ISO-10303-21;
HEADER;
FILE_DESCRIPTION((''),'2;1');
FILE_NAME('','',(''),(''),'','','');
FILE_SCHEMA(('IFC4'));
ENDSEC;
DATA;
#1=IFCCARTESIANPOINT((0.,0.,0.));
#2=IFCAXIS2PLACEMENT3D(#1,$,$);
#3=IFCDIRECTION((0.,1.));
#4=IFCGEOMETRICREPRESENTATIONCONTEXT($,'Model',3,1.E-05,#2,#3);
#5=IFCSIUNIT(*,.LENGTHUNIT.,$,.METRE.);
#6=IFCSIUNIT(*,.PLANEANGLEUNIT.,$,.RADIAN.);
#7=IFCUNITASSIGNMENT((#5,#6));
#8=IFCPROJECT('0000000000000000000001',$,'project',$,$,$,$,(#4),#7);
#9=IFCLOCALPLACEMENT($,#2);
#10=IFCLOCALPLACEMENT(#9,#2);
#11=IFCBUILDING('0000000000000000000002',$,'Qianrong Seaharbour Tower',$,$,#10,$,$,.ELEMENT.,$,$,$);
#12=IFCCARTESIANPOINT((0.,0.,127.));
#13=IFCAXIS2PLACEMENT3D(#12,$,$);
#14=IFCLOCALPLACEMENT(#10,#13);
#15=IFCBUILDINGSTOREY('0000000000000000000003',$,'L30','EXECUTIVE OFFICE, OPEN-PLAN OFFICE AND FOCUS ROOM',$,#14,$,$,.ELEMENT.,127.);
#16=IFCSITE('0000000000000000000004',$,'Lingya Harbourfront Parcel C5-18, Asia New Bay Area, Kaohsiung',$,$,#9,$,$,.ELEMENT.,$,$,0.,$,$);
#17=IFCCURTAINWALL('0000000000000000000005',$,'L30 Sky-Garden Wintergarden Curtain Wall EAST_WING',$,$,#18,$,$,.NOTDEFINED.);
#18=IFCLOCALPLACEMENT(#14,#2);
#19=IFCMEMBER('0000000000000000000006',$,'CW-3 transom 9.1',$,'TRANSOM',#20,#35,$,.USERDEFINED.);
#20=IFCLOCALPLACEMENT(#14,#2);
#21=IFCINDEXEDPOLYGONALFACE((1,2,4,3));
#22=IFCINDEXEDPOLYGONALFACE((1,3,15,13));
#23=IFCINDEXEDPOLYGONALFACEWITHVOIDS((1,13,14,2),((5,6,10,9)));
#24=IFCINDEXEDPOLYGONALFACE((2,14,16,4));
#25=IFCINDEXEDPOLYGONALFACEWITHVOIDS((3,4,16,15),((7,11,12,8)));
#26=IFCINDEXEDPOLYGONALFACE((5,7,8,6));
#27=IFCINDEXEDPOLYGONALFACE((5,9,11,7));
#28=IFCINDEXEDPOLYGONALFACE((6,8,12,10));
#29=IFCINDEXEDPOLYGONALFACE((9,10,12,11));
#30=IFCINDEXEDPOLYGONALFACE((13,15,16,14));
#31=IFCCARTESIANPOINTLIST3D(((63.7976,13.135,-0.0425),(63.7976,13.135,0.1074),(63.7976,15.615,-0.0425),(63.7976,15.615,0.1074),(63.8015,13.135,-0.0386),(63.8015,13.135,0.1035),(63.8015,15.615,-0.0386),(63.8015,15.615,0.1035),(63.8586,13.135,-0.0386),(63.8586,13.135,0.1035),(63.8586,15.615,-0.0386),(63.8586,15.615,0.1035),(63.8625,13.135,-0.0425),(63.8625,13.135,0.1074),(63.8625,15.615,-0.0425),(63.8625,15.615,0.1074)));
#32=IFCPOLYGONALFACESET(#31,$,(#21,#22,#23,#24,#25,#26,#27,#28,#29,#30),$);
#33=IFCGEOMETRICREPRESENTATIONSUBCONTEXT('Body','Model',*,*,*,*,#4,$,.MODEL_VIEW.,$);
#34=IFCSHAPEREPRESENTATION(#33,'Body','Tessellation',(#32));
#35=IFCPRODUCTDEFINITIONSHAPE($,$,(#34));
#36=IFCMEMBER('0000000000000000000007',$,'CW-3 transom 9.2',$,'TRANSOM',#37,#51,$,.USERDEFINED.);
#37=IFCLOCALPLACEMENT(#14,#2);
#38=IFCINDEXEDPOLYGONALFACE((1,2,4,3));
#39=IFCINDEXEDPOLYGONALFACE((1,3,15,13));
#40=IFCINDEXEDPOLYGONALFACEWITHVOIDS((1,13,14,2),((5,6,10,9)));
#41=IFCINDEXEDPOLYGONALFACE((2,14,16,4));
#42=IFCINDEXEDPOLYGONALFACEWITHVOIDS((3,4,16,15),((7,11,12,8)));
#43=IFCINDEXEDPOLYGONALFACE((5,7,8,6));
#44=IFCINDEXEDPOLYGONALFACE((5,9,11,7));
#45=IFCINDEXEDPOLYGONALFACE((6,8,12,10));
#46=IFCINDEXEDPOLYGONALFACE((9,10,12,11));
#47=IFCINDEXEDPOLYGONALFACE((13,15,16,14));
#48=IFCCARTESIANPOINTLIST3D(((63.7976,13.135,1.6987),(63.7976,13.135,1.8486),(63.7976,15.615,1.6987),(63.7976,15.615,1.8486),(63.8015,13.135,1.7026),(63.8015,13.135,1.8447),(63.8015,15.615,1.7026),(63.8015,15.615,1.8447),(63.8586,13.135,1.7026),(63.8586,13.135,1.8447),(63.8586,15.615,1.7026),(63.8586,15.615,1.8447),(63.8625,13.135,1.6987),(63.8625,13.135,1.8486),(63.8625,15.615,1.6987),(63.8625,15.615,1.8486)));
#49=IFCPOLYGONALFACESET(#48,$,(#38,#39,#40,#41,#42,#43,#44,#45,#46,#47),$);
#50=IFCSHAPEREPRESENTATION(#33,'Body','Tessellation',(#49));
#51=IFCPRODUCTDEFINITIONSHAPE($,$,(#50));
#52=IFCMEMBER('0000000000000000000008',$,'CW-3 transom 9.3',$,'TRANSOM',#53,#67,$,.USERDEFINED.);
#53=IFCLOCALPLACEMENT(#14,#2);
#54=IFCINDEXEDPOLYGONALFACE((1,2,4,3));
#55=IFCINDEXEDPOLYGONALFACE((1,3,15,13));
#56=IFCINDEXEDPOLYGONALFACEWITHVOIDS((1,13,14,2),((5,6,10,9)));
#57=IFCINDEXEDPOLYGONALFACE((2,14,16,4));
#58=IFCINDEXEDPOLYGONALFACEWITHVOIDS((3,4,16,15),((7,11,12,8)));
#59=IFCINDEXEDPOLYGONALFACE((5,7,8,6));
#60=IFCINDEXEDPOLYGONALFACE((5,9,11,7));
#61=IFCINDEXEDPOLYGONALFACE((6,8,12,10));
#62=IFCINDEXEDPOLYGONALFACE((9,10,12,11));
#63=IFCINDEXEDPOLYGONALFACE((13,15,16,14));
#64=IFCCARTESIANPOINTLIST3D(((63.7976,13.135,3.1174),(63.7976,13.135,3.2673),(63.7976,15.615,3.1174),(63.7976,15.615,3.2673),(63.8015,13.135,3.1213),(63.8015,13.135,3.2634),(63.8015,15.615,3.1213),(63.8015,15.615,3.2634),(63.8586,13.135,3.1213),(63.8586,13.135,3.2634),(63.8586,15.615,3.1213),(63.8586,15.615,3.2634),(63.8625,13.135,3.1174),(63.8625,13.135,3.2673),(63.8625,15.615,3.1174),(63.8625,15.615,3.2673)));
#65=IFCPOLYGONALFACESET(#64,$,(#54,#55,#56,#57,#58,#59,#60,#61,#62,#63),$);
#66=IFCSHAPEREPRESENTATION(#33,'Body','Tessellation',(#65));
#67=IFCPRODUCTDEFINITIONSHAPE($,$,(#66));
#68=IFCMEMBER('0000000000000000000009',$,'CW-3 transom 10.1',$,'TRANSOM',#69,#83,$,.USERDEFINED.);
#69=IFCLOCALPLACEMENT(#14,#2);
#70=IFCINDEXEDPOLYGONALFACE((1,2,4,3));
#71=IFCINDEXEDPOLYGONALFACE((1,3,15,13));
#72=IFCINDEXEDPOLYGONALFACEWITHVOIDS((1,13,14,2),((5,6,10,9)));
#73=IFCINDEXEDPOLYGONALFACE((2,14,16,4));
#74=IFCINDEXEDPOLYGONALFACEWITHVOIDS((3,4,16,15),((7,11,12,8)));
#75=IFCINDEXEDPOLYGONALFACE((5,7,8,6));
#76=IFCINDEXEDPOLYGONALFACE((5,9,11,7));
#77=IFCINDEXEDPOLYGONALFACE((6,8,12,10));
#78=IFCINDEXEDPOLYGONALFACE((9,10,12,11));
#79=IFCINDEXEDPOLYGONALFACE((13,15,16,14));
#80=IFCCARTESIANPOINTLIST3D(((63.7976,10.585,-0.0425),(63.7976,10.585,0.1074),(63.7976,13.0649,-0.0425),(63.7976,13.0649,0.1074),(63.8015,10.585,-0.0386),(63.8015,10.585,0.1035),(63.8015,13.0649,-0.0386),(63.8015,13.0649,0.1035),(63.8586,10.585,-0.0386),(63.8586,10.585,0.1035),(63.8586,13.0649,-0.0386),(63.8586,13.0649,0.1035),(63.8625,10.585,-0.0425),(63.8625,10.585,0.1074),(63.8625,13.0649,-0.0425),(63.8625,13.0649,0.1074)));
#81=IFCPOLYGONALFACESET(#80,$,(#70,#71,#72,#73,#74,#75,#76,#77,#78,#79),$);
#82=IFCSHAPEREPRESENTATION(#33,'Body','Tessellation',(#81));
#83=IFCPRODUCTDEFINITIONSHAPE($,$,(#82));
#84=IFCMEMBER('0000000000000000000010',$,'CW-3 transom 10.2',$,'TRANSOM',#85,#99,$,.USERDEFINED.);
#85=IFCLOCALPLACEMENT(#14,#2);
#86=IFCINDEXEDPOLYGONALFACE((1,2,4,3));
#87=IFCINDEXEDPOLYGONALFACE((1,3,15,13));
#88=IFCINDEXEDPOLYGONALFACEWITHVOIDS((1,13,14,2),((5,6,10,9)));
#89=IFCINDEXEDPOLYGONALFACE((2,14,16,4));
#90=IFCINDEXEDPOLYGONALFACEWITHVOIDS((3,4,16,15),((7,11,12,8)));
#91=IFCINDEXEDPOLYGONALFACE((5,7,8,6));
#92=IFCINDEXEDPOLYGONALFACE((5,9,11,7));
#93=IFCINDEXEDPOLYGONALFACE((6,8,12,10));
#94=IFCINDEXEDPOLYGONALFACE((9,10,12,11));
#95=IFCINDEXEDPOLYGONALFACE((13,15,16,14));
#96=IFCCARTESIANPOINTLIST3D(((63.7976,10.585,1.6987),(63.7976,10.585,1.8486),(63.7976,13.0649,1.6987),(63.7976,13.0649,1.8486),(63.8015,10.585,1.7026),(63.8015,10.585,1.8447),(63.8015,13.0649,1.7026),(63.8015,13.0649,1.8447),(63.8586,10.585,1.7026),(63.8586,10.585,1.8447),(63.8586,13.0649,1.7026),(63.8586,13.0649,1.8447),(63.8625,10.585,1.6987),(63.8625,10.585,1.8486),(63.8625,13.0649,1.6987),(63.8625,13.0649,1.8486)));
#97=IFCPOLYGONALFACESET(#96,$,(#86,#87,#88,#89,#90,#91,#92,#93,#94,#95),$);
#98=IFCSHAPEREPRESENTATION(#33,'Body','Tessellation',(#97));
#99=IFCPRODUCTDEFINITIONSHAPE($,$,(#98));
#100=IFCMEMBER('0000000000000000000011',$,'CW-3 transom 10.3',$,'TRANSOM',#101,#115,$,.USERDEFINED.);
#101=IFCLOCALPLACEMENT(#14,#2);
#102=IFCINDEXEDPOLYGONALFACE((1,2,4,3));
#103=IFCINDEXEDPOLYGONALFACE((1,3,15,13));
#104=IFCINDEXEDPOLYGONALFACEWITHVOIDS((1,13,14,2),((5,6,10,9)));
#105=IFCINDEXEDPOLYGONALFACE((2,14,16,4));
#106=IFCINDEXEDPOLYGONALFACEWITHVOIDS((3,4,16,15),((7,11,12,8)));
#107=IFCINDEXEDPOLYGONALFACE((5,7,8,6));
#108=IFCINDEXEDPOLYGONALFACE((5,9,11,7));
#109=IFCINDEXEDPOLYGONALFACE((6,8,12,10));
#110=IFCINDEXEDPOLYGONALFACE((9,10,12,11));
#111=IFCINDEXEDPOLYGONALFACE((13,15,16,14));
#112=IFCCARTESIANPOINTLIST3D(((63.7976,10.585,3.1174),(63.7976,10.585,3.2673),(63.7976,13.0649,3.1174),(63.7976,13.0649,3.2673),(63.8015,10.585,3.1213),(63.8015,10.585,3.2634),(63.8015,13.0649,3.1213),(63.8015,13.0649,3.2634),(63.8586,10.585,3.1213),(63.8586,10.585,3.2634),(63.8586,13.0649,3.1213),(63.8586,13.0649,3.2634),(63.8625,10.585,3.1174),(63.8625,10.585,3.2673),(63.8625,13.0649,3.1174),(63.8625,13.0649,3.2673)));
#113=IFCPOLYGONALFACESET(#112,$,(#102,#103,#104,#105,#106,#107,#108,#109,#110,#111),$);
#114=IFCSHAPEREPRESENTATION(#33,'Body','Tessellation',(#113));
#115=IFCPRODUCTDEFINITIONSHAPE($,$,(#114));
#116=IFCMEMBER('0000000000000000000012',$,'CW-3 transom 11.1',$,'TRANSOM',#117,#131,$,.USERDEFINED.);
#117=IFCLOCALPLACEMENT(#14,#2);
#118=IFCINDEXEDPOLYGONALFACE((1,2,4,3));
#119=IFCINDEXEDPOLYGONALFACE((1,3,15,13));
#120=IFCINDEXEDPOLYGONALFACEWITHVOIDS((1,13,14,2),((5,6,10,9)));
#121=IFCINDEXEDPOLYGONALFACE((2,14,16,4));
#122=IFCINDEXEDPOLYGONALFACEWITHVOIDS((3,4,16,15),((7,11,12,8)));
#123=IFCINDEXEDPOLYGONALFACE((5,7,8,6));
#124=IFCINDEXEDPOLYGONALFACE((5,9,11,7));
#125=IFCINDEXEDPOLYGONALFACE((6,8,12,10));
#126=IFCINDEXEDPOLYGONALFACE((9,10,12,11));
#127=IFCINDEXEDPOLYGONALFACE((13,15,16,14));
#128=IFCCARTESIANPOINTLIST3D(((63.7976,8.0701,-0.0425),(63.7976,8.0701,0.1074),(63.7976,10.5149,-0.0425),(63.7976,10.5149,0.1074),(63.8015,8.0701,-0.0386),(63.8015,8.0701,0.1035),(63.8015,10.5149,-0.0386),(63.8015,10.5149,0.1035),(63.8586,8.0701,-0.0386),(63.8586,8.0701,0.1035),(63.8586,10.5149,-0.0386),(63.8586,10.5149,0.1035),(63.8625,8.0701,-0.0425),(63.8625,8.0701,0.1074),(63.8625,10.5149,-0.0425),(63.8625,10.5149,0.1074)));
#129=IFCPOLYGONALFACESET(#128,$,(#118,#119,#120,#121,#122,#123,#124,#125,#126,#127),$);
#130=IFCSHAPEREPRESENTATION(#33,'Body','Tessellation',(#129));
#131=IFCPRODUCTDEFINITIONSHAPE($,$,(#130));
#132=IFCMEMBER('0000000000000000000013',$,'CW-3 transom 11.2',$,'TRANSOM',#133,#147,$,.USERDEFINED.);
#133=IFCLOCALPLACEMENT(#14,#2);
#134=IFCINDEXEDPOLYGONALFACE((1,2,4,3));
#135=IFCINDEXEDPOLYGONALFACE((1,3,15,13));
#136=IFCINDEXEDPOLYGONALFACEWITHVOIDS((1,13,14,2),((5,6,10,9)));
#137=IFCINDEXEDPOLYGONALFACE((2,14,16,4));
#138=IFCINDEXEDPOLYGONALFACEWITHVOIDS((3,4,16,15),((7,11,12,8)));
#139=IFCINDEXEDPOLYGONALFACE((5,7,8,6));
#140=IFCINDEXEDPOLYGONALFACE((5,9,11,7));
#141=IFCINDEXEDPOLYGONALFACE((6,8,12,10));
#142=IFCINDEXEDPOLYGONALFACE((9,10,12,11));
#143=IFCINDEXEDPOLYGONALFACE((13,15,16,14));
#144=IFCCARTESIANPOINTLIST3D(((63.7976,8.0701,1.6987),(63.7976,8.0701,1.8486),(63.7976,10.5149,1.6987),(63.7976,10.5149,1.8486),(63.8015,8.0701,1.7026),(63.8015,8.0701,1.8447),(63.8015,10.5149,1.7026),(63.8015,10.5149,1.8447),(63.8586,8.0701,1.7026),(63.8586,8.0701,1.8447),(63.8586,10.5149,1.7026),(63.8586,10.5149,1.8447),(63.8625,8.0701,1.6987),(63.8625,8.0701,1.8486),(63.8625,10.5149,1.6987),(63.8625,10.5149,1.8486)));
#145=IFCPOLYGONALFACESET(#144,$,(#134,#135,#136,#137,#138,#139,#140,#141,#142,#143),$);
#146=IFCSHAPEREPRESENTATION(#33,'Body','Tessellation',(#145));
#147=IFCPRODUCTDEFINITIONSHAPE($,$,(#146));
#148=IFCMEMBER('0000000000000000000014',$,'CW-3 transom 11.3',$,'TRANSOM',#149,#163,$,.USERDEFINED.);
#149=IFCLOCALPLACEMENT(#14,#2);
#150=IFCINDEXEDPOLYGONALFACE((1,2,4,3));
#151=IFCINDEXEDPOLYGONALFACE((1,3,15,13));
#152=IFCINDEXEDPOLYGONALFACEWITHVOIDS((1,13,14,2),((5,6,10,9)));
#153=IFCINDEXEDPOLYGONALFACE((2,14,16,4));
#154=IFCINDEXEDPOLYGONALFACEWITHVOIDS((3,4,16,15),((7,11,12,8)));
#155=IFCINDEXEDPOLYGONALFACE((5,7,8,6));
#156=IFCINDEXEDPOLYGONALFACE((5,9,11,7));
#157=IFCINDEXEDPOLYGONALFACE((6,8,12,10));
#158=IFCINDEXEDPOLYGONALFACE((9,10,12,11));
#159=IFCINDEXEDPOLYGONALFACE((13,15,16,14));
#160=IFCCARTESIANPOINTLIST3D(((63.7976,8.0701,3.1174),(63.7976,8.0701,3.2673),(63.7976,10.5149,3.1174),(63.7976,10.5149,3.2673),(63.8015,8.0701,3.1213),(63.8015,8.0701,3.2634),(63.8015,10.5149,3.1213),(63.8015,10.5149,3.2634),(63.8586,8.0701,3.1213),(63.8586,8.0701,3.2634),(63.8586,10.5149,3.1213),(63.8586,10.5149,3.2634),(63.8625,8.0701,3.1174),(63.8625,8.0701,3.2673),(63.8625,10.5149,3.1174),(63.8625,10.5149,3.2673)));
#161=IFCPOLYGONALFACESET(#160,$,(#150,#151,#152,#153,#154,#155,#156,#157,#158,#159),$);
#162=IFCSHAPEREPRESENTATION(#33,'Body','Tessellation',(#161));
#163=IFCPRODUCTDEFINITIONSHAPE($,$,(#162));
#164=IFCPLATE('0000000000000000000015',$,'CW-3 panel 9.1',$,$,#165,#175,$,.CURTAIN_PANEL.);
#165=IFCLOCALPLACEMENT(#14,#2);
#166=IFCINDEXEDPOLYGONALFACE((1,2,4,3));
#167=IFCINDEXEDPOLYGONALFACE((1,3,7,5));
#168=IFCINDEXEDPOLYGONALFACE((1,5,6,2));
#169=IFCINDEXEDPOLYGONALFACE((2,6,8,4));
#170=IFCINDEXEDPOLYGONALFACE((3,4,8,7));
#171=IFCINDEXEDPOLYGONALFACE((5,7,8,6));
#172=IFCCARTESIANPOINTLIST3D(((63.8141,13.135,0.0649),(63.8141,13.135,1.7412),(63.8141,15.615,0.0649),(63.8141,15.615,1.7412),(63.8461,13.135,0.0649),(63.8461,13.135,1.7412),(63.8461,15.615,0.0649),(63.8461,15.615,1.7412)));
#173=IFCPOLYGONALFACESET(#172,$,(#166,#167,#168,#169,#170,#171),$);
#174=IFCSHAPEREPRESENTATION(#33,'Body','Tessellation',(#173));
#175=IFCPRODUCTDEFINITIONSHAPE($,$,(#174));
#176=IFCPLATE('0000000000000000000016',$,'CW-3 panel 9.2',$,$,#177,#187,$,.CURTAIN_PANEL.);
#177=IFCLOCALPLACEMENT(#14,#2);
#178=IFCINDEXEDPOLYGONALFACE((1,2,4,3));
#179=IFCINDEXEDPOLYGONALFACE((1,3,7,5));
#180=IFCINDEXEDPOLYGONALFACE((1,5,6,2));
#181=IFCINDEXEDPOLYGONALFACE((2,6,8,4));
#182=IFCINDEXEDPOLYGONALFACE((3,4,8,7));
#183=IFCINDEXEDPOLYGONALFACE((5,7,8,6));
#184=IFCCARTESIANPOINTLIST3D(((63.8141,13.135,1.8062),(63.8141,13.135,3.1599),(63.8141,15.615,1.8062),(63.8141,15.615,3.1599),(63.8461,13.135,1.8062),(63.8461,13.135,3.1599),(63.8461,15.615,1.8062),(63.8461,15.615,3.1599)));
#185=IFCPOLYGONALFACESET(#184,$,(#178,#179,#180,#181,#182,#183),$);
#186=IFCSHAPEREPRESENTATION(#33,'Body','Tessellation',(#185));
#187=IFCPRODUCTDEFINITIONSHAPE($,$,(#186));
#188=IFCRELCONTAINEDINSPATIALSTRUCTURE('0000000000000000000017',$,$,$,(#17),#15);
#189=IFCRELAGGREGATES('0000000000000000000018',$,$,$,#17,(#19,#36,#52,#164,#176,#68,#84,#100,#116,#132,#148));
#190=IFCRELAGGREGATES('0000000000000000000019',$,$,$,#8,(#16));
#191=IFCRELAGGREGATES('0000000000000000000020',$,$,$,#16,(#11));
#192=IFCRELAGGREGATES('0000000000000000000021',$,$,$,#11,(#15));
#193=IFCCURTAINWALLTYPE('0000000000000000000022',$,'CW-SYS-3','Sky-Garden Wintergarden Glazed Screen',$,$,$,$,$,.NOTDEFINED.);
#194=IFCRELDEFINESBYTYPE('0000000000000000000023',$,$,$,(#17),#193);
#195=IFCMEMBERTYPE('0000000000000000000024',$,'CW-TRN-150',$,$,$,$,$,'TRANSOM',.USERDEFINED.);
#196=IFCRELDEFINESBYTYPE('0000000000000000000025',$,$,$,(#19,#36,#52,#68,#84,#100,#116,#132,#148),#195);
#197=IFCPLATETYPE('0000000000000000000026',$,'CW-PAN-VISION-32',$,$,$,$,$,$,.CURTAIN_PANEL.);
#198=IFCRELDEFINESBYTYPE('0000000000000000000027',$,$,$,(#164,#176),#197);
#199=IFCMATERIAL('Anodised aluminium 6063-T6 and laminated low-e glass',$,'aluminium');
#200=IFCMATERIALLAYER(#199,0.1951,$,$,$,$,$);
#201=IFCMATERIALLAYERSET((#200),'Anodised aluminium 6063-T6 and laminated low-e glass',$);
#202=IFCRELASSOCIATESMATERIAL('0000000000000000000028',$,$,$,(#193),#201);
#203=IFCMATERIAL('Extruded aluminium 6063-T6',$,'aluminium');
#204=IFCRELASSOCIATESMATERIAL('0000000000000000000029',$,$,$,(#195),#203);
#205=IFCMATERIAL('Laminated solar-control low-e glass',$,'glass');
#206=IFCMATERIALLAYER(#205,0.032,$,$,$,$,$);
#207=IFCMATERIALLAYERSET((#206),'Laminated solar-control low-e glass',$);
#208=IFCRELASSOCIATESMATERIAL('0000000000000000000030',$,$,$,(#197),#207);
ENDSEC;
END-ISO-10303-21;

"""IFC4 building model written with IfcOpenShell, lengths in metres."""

from ifc_helpers import new_model, si_unit, direction, frame, origin, origin_2d, place, context, subcontext, project, spatial, rectangle, hollow_rectangle, extrude, material, layer, layer_set, material_profile, profile_set, type_object, element, aggregate, save


model = new_model("IFC4")

# Units and contexts
model_context = context("Model", 3, precision=1e-05, world=origin(), true_north=direction((0.0, 1.0)))
body_context = subcontext(model_context, "Body", "Model", "MODEL_VIEW")
ifc_project = project(units=[si_unit("LENGTHUNIT", "METRE"), si_unit("PLANEANGLEUNIT", "RADIAN")], contexts=[model_context])

# Site, building, storey
site_placement = place(None, origin())
site = spatial("IfcSite", under=ifc_project, at=site_placement, Name="Lingya Harbourfront Parcel C5-18, Asia New Bay Area, Kaohsiung", CompositionType="ELEMENT", RefElevation=0.0)
building_placement = place(site_placement, origin())
building = spatial("IfcBuilding", under=site, at=building_placement, Name="Qianrong Seaharbour Tower", CompositionType="ELEMENT")
storey_placement = place(building_placement, frame((0.0, 0.0, 127.0)))
storey = spatial("IfcBuildingStorey", under=building, at=storey_placement, Name="L30", Description="EXECUTIVE OFFICE, OPEN-PLAN OFFICE AND FOCUS ROOM", CompositionType="ELEMENT", Elevation=127.0)

# Curtain wall, members, plates
ifc_material_1 = material(Name="Anodised aluminium 6063-T6 and laminated low-e glass", Category="aluminium")
ifc_layer_1 = layer(ifc_material_1, 0.1951)
ifc_layer_set_1 = layer_set([ifc_layer_1], Name="Anodised aluminium 6063-T6 and laminated low-e glass")
curtain_wall_type = type_object("IfcCurtainWallType", Name="CW-SYS-3", Description="Sky-Garden Wintergarden Glazed Screen", PredefinedType="NOTDEFINED", material=ifc_layer_set_1)
curtain_wall_placement = place(storey_placement, origin())
curtain_wall = element("IfcCurtainWall", 1, at=curtain_wall_placement, inside=storey, type_object=curtain_wall_type, Name="L30 Sky-Garden Wintergarden Curtain Wall EAST_WING", PredefinedType="NOTDEFINED")
ifc_material_2 = material(Name="Extruded aluminium 6063-T6", Category="aluminium")
ifc_material_profile_1 = material_profile(ifc_material_2, hollow_rectangle(XDim=0.0649, YDim=0.1499, WallThickness=0.0039, at=origin_2d()), Name="ALU-TRN-150x65x4")
ifc_profile_set_1 = profile_set([ifc_material_profile_1], Name="Extruded aluminium 6063-T6")
member_type_1 = type_object("IfcMemberType", Name="CW-TRN-150", ElementType="TRANSOM", PredefinedType="USERDEFINED", material=ifc_profile_set_1)
member_1_placement = place(storey_placement, frame((63.8301, 15.615, 0.0325), z_axis=(0.0, -1.0, 0.0), x_axis=(1.0, 0.0, 0.0)))
member_1 = element("IfcMember", 2, at=member_1_placement, type_object=member_type_1, Name="CW-3 transom 9.1", ObjectType="TRANSOM", PredefinedType="USERDEFINED", context=body_context, shape_type="SweptSolid", body=[
    extrude(hollow_rectangle(XDim=0.0649, YDim=0.1499, WallThickness=0.0039, at=origin_2d()), origin(), (0.0, 0.0, 1.0), 2.48),
])
member_2_placement = place(storey_placement, frame((63.8301, 15.615, 1.7737), z_axis=(0.0, -1.0, 0.0), x_axis=(1.0, 0.0, 0.0)))
member_2 = element("IfcMember", 3, at=member_2_placement, type_object=member_type_1, Name="CW-3 transom 9.2", ObjectType="TRANSOM", PredefinedType="USERDEFINED", context=body_context, shape_type="SweptSolid", body=[
    extrude(hollow_rectangle(XDim=0.0649, YDim=0.1499, WallThickness=0.0039, at=origin_2d()), origin(), (0.0, 0.0, 1.0), 2.48),
])
member_3_placement = place(storey_placement, frame((63.8301, 15.615, 3.1924), z_axis=(0.0, -1.0, 0.0), x_axis=(1.0, 0.0, 0.0)))
member_3 = element("IfcMember", 4, at=member_3_placement, type_object=member_type_1, Name="CW-3 transom 9.3", ObjectType="TRANSOM", PredefinedType="USERDEFINED", context=body_context, shape_type="SweptSolid", body=[
    extrude(hollow_rectangle(XDim=0.0649, YDim=0.1499, WallThickness=0.0039, at=origin_2d()), origin(), (0.0, 0.0, 1.0), 2.48),
])
member_4_placement = place(storey_placement, frame((63.8301, 13.0649, 0.0325), z_axis=(0.0, -1.0, 0.0), x_axis=(1.0, 0.0, 0.0)))
member_4 = element("IfcMember", 5, at=member_4_placement, type_object=member_type_1, Name="CW-3 transom 10.1", ObjectType="TRANSOM", PredefinedType="USERDEFINED", context=body_context, shape_type="SweptSolid", body=[
    extrude(hollow_rectangle(XDim=0.0649, YDim=0.1499, WallThickness=0.0039, at=origin_2d()), origin(), (0.0, 0.0, 1.0), 2.48),
])
member_5_placement = place(storey_placement, frame((63.8301, 13.0649, 1.7737), z_axis=(0.0, -1.0, 0.0), x_axis=(1.0, 0.0, 0.0)))
member_5 = element("IfcMember", 6, at=member_5_placement, type_object=member_type_1, Name="CW-3 transom 10.2", ObjectType="TRANSOM", PredefinedType="USERDEFINED", context=body_context, shape_type="SweptSolid", body=[
    extrude(hollow_rectangle(XDim=0.0649, YDim=0.1499, WallThickness=0.0039, at=origin_2d()), origin(), (0.0, 0.0, 1.0), 2.48),
])
member_6_placement = place(storey_placement, frame((63.8301, 13.0649, 3.1924), z_axis=(0.0, -1.0, 0.0), x_axis=(1.0, 0.0, 0.0)))
member_6 = element("IfcMember", 7, at=member_6_placement, type_object=member_type_1, Name="CW-3 transom 10.3", ObjectType="TRANSOM", PredefinedType="USERDEFINED", context=body_context, shape_type="SweptSolid", body=[
    extrude(hollow_rectangle(XDim=0.0649, YDim=0.1499, WallThickness=0.0039, at=origin_2d()), origin(), (0.0, 0.0, 1.0), 2.48),
])
member_7_placement = place(storey_placement, frame((63.8301, 10.5149, 0.0325), z_axis=(0.0, -1.0, 0.0), x_axis=(1.0, 0.0, 0.0)))
member_7 = element("IfcMember", 8, at=member_7_placement, type_object=member_type_1, Name="CW-3 transom 11.1", ObjectType="TRANSOM", PredefinedType="USERDEFINED", context=body_context, shape_type="SweptSolid", body=[
    extrude(hollow_rectangle(XDim=0.0649, YDim=0.1499, WallThickness=0.0039, at=origin_2d()), origin(), (0.0, 0.0, 1.0), 2.4448),
])
member_8_placement = place(storey_placement, frame((63.8301, 10.5149, 1.7737), z_axis=(0.0, -1.0, 0.0), x_axis=(1.0, 0.0, 0.0)))
member_8 = element("IfcMember", 9, at=member_8_placement, type_object=member_type_1, Name="CW-3 transom 11.2", ObjectType="TRANSOM", PredefinedType="USERDEFINED", context=body_context, shape_type="SweptSolid", body=[
    extrude(hollow_rectangle(XDim=0.0649, YDim=0.1499, WallThickness=0.0039, at=origin_2d()), origin(), (0.0, 0.0, 1.0), 2.4448),
])
member_9_placement = place(storey_placement, frame((63.8301, 10.5149, 3.1924), z_axis=(0.0, -1.0, 0.0), x_axis=(1.0, 0.0, 0.0)))
member_9 = element("IfcMember", 10, at=member_9_placement, type_object=member_type_1, Name="CW-3 transom 11.3", ObjectType="TRANSOM", PredefinedType="USERDEFINED", context=body_context, shape_type="SweptSolid", body=[
    extrude(hollow_rectangle(XDim=0.0649, YDim=0.1499, WallThickness=0.0039, at=origin_2d()), origin(), (0.0, 0.0, 1.0), 2.4448),
])
ifc_material_3 = material(Name="Laminated solar-control low-e glass", Category="glass")
ifc_layer_2 = layer(ifc_material_3, 0.032)
ifc_layer_set_2 = layer_set([ifc_layer_2], Name="Laminated solar-control low-e glass")
plate_type = type_object("IfcPlateType", Name="CW-PAN-VISION-32", PredefinedType="CURTAIN_PANEL", material=ifc_layer_set_2)
plate_1_placement = place(storey_placement, frame((63.8301, 14.375, 0.0649), z_axis=(0.0, 0.0, 1.0), x_axis=(0.0, -1.0, 0.0)))
plate_1 = element("IfcPlate", 11, at=plate_1_placement, type_object=plate_type, Name="CW-3 panel 9.1", PredefinedType="CURTAIN_PANEL", context=body_context, shape_type="SweptSolid", body=[
    extrude(rectangle(XDim=2.48, YDim=0.032, at=origin_2d()), origin(), (0.0, 0.0, 1.0), 1.6763),
])
plate_2_placement = place(storey_placement, frame((63.8301, 14.375, 1.8062), z_axis=(0.0, 0.0, 1.0), x_axis=(0.0, -1.0, 0.0)))
plate_2 = element("IfcPlate", 12, at=plate_2_placement, type_object=plate_type, Name="CW-3 panel 9.2", PredefinedType="CURTAIN_PANEL", context=body_context, shape_type="SweptSolid", body=[
    extrude(rectangle(XDim=2.48, YDim=0.032, at=origin_2d()), origin(), (0.0, 0.0, 1.0), 1.3538),
])
aggregate(curtain_wall, [member_1, member_2, member_3, plate_1, plate_2, member_4, member_5, member_6, member_7, member_8, member_9])

save(model, "model.ifc")
